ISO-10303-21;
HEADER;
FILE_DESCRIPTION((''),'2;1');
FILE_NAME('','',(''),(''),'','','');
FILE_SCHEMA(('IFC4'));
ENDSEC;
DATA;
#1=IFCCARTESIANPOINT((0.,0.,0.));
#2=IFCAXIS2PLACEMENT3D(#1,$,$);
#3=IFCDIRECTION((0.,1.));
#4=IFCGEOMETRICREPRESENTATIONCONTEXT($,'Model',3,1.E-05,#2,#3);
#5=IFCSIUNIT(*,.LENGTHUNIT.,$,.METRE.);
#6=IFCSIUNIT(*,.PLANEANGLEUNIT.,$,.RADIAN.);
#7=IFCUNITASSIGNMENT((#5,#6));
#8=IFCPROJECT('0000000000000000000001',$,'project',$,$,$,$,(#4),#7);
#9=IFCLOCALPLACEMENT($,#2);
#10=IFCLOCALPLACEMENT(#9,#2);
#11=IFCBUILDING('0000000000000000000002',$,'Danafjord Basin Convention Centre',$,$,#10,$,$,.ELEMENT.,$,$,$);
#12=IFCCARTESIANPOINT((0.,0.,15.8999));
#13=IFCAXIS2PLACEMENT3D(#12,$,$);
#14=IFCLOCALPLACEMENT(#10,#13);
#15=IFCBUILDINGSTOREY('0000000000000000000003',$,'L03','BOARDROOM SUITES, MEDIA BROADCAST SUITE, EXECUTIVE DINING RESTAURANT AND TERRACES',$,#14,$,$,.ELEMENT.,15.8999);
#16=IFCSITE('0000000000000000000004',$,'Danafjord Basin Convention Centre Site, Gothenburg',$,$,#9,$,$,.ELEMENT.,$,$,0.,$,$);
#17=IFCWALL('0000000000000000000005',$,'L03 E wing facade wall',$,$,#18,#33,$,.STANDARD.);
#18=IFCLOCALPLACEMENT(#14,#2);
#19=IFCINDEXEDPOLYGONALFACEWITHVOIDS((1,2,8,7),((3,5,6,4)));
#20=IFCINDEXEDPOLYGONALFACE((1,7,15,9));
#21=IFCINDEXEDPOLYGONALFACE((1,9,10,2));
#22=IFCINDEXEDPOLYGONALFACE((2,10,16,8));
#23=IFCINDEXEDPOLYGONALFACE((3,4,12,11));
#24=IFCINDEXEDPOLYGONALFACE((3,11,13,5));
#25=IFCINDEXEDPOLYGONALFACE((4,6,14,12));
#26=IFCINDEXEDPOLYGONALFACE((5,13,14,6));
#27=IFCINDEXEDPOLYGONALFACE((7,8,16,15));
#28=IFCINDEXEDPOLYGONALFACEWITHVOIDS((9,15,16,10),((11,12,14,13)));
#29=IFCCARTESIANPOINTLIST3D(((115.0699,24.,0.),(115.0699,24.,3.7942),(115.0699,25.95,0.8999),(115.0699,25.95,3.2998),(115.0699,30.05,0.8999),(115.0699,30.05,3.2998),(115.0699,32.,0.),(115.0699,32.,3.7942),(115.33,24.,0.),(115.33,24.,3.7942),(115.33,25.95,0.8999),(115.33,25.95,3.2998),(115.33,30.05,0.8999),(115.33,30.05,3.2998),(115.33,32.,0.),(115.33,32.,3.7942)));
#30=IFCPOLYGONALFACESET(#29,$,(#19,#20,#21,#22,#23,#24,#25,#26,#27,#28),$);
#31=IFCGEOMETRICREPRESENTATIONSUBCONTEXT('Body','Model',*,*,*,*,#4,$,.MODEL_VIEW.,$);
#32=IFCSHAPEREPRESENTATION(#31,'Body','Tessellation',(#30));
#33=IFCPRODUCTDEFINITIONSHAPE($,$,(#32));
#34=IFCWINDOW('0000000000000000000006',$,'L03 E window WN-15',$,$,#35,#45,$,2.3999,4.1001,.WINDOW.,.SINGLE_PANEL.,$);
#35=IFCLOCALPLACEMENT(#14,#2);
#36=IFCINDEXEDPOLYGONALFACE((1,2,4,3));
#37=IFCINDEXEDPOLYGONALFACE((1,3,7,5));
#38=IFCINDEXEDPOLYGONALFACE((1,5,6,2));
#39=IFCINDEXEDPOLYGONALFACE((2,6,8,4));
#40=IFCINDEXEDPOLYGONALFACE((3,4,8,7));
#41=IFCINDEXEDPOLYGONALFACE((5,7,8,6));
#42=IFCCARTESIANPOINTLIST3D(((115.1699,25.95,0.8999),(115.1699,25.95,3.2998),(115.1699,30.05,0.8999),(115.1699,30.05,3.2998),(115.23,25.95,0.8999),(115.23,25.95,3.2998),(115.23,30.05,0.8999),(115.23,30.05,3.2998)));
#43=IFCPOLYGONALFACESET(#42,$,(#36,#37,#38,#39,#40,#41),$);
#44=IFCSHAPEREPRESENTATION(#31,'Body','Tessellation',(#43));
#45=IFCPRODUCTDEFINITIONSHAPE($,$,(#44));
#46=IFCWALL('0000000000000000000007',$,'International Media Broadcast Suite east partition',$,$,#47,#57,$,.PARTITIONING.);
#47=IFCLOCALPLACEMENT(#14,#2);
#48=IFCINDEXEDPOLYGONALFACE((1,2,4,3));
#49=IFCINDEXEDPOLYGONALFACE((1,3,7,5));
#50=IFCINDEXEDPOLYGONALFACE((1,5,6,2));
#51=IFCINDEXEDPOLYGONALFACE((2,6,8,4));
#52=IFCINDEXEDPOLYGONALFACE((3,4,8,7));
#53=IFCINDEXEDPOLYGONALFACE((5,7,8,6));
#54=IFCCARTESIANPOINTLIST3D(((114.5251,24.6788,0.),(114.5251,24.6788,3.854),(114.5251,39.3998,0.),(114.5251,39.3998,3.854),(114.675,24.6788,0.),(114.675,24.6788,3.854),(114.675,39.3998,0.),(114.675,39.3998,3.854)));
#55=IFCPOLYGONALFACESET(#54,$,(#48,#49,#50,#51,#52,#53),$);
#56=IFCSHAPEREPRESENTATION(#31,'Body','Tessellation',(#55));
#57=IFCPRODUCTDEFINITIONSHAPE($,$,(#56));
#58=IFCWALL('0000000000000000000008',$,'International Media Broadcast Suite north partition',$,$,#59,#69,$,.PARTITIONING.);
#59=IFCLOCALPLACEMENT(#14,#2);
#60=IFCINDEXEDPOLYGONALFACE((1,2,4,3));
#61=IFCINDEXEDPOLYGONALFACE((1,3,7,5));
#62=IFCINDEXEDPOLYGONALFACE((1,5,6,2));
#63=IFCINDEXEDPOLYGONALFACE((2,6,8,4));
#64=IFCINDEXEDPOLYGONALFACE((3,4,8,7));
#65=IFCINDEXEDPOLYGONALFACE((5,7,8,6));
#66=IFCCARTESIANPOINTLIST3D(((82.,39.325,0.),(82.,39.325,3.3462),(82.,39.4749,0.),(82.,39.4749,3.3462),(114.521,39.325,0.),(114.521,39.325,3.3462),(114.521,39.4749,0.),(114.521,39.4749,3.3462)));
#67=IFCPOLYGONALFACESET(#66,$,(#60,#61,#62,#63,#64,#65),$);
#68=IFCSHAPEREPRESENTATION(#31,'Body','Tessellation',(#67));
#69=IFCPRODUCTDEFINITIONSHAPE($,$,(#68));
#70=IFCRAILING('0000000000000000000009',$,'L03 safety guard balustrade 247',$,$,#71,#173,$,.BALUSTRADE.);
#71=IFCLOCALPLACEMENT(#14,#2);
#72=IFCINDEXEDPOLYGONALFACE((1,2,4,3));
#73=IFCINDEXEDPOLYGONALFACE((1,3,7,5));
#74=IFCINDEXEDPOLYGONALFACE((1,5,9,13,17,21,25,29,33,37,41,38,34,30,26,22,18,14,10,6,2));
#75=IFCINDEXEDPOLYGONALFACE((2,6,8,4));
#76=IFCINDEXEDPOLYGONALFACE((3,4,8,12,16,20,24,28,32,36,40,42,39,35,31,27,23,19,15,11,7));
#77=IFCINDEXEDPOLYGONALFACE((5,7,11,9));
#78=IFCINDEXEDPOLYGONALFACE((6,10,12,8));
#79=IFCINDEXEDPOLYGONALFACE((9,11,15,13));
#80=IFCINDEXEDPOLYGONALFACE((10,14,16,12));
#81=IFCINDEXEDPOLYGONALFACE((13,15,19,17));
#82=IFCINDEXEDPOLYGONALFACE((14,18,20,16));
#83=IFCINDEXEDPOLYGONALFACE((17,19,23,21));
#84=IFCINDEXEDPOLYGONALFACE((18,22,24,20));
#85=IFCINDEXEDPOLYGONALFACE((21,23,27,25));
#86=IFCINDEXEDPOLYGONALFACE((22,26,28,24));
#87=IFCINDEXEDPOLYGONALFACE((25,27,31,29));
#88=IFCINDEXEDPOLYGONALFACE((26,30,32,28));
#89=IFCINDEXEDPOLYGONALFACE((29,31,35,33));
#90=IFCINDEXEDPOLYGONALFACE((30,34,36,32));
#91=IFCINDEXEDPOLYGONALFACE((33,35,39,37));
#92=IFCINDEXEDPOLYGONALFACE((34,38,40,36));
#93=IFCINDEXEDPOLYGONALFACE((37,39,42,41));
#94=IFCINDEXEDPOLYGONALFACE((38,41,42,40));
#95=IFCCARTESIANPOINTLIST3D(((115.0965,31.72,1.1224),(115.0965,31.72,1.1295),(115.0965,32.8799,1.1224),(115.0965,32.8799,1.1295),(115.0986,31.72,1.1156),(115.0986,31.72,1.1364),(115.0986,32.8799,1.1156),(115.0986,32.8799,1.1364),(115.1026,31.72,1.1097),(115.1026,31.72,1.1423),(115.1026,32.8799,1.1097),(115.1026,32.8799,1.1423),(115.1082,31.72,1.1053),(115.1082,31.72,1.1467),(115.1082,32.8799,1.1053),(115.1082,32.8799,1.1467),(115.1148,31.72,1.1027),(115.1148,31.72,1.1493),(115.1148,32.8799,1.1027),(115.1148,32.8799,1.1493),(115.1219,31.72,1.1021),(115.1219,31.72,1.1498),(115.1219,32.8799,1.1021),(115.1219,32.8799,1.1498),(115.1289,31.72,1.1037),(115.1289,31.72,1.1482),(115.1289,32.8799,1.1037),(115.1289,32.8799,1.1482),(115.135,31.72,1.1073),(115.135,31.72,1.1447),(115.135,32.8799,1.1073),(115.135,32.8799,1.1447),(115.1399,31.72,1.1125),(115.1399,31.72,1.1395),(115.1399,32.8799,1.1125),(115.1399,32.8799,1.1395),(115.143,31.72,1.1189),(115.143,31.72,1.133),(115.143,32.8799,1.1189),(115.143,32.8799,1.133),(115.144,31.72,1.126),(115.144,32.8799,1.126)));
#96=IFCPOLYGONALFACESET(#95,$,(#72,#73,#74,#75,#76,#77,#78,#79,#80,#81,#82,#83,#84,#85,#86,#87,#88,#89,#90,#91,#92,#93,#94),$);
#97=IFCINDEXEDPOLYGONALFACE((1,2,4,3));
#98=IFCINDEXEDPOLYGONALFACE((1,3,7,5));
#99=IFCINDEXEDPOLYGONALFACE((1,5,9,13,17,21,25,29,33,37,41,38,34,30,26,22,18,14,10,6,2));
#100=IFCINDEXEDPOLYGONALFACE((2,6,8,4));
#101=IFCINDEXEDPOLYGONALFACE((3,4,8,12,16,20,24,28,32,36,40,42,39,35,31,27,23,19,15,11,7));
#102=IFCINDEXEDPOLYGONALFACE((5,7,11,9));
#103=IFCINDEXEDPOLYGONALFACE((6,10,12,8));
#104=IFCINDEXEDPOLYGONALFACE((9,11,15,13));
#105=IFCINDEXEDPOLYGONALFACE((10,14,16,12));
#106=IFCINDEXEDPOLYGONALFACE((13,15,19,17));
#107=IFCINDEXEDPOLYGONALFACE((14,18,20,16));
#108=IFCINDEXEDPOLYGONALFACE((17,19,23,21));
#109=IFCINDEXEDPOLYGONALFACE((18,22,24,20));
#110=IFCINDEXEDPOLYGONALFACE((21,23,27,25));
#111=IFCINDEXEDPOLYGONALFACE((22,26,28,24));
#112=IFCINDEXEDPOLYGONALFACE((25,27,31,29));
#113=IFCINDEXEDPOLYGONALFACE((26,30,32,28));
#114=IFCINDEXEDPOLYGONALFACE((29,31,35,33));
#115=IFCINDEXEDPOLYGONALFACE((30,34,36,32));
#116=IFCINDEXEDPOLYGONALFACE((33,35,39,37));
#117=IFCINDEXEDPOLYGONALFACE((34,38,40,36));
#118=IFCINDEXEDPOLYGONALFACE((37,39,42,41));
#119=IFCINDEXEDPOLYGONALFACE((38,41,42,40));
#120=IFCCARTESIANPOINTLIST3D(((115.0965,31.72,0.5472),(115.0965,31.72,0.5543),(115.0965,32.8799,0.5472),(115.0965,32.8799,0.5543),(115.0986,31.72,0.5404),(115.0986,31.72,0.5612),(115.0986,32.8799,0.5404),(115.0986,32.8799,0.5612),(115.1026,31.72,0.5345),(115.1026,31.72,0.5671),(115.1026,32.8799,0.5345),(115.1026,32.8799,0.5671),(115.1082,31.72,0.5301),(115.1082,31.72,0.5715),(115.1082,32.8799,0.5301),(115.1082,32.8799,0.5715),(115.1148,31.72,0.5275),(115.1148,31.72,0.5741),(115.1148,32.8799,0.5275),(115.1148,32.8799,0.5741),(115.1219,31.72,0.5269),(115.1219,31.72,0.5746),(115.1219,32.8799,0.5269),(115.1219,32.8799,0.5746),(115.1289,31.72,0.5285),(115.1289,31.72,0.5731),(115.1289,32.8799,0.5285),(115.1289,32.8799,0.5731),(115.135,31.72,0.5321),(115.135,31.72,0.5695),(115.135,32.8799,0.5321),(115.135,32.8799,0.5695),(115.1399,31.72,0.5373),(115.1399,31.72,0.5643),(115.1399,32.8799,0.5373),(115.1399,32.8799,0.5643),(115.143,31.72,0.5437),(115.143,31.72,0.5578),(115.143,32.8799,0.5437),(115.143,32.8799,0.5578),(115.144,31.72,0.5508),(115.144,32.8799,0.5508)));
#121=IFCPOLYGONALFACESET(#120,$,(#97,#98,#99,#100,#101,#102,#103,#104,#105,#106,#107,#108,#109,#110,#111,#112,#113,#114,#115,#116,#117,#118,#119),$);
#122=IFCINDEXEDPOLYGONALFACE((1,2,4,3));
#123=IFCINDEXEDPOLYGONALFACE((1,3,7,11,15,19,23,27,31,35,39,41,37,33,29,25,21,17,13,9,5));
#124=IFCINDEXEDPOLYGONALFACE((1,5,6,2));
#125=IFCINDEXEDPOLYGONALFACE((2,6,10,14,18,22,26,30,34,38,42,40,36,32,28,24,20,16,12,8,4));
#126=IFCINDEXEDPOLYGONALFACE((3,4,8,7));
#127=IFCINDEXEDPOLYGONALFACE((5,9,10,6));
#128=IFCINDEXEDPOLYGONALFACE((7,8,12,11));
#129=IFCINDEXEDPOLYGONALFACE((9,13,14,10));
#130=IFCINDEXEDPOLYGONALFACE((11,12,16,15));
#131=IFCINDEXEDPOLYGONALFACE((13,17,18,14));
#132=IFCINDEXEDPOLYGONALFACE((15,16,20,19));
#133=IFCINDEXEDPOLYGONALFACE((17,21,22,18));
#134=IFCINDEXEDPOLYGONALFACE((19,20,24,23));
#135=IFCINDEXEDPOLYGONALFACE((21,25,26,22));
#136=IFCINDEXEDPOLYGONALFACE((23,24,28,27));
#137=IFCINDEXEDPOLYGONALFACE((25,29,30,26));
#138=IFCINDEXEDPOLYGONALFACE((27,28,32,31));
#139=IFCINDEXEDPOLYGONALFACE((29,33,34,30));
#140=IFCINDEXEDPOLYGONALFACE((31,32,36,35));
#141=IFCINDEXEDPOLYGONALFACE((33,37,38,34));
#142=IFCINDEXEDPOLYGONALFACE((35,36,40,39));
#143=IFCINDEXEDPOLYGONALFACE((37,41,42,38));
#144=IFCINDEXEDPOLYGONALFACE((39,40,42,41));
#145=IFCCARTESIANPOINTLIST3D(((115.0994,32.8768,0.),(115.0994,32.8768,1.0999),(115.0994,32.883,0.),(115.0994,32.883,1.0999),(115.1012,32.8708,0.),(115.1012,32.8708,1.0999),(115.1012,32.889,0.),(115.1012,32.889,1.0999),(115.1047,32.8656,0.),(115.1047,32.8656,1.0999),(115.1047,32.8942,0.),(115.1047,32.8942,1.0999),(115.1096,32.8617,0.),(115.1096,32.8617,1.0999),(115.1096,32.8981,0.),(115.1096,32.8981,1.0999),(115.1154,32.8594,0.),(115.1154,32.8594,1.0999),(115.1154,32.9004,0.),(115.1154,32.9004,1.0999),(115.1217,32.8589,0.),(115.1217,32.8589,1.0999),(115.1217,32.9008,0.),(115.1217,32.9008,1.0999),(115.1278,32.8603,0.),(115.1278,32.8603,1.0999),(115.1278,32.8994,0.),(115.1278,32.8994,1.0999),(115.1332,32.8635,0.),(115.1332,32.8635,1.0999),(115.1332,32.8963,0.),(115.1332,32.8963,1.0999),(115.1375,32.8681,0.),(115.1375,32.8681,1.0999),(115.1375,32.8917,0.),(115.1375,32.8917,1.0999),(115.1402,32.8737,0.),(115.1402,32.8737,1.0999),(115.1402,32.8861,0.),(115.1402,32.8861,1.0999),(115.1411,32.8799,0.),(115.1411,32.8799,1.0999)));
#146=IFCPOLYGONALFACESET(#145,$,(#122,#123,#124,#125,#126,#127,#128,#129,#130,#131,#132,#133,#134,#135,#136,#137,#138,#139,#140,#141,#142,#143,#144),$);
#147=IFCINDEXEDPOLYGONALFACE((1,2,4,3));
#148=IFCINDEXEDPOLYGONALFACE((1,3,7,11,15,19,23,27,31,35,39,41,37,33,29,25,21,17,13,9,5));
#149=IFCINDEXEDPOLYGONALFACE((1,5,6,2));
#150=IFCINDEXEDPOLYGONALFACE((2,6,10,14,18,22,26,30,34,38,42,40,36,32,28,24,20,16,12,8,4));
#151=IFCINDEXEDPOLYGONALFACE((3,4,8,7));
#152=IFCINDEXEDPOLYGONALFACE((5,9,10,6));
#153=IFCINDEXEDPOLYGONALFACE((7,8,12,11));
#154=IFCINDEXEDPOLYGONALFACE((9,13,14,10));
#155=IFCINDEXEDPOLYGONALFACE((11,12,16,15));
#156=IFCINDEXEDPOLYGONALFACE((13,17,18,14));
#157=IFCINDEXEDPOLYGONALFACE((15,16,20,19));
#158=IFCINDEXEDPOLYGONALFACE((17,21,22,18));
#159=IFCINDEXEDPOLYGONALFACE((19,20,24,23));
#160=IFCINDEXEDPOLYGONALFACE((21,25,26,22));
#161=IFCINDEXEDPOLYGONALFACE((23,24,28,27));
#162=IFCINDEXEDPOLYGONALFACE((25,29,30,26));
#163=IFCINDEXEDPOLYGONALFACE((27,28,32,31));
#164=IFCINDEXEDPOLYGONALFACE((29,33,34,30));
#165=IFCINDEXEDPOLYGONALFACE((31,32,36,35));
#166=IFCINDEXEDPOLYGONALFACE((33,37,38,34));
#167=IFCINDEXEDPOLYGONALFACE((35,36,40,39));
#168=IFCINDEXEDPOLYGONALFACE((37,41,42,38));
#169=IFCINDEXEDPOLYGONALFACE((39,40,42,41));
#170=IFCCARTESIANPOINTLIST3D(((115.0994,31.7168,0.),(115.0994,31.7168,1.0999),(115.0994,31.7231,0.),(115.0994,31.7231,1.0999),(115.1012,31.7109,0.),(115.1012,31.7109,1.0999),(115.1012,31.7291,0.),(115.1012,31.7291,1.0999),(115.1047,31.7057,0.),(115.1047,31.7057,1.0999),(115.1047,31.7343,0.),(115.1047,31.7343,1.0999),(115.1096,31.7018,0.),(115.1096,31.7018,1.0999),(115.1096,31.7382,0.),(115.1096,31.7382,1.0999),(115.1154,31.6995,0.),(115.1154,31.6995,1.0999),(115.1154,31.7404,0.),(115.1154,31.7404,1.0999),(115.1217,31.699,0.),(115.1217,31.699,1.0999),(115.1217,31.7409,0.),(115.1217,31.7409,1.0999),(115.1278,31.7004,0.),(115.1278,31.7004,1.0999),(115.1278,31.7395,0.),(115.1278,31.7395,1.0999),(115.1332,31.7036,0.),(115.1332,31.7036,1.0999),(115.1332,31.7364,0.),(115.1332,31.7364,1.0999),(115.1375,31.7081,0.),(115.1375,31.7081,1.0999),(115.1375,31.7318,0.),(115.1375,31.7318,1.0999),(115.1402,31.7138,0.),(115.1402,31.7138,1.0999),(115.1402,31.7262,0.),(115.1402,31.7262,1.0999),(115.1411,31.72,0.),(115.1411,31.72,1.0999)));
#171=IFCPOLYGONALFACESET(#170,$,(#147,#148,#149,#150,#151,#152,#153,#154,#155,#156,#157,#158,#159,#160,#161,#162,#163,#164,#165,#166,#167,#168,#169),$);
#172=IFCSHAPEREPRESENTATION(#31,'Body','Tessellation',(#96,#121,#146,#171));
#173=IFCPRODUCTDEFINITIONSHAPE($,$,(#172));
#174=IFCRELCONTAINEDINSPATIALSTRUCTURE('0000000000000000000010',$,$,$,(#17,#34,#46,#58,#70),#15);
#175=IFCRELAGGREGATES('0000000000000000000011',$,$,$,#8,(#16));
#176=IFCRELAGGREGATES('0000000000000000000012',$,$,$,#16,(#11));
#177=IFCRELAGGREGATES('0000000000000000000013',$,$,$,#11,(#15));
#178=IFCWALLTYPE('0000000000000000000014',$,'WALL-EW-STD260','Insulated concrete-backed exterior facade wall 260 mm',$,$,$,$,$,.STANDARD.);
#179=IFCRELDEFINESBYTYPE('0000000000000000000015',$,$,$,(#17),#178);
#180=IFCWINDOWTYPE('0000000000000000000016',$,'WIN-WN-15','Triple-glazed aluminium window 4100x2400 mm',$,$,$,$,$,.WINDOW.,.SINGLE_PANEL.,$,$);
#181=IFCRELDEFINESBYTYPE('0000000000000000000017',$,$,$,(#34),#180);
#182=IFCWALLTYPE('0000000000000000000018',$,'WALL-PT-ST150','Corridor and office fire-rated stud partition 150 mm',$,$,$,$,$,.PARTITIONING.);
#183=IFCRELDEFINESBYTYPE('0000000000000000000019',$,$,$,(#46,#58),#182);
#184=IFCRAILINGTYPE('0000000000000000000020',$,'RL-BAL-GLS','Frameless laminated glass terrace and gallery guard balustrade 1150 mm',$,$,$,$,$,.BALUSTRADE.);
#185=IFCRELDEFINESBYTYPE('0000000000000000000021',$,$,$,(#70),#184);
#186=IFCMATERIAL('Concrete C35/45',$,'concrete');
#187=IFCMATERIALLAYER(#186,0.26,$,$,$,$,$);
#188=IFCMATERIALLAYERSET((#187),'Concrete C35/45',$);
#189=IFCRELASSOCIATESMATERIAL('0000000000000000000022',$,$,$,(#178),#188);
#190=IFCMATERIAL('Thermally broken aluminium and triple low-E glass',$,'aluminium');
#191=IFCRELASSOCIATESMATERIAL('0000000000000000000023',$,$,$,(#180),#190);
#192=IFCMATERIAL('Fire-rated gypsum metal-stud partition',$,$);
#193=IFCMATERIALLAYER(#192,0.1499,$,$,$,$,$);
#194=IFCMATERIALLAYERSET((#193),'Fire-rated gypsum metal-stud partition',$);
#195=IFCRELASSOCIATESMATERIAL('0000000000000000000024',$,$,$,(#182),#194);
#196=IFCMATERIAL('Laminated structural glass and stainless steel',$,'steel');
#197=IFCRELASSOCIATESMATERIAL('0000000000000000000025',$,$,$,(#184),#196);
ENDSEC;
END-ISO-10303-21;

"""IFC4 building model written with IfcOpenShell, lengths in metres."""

from ifc_helpers import new_model, si_unit, direction, frame, frame_2d, origin, origin_2d, place, context, subcontext, project, spatial, rectangle, circle, extrude, material, layer, layer_set, type_object, element, fill, save


model = new_model("IFC4")

# Units and contexts
model_context = context("Model", 3, precision=1e-05, world=origin(), true_north=direction((0.0, 1.0)))
body_context = subcontext(model_context, "Body", "Model", "MODEL_VIEW")
ifc_project = project(units=[si_unit("LENGTHUNIT", "METRE"), si_unit("PLANEANGLEUNIT", "RADIAN")], contexts=[model_context])

# Site, building, storey
site_placement = place(None, origin())
site = spatial("IfcSite", under=ifc_project, at=site_placement, Name="Danafjord Basin Convention Centre Site, Gothenburg", CompositionType="ELEMENT", RefElevation=0.0)
building_placement = place(site_placement, origin())
building = spatial("IfcBuilding", under=site, at=building_placement, Name="Danafjord Basin Convention Centre", CompositionType="ELEMENT")
storey_placement = place(building_placement, frame((0.0, 0.0, 15.8999)))
storey = spatial("IfcBuildingStorey", under=building, at=storey_placement, Name="L03", Description="BOARDROOM SUITES, MEDIA BROADCAST SUITE, EXECUTIVE DINING RESTAURANT AND TERRACES", CompositionType="ELEMENT", Elevation=15.8999)

# Wall, opening, window
ifc_material_1 = material(Name="Concrete C35/45", Category="concrete")
ifc_layer_1 = layer(ifc_material_1, 0.26)
ifc_layer_set_1 = layer_set([ifc_layer_1], Name="Concrete C35/45")
wall_type_1 = type_object("IfcWallType", Name="WALL-EW-STD260", Description="Insulated concrete-backed exterior facade wall 260 mm", PredefinedType="STANDARD", material=ifc_layer_set_1)
wall_1_placement = place(storey_placement, frame((115.2, 24.0, 0.0), z_axis=(0.0, 0.0, 1.0), x_axis=(0.0, 1.0, 0.0)))
wall_1 = element("IfcWall", 1, at=wall_1_placement, inside=storey, type_object=wall_type_1, Name="L03 E wing facade wall", PredefinedType="STANDARD", context=body_context, shape_type="SweptSolid", body=[
    extrude(rectangle(XDim=8.0, YDim=0.26, at=frame_2d((4.0, 0.0))), origin(), (0.0, 0.0, 1.0), 3.7942),
])
opening_placement = place(wall_1_placement, frame((1.95, 0.0, 0.8999)))
opening = element("IfcOpeningElement", 2, at=opening_placement, cuts=wall_1, PredefinedType="OPENING", context=body_context, shape_type="SweptSolid", body=[
    extrude(rectangle(XDim=4.1001, YDim=2.3999, at=frame_2d((2.05, 1.2))), frame((0.0, 0.1399, 0.0), z_axis=(0.0, -1.0, 0.0), x_axis=(1.0, 0.0, 0.0)), (0.0, 0.0, 1.0), 0.28),
])
ifc_material_2 = material(Name="Thermally broken aluminium and triple low-E glass", Category="aluminium")
window_type = type_object("IfcWindowType", Name="WIN-WN-15", Description="Triple-glazed aluminium window 4100x2400 mm", PartitioningType="SINGLE_PANEL", PredefinedType="WINDOW", material=ifc_material_2)
window_placement = place(opening_placement, origin())
window = element("IfcWindow", 3, at=window_placement, inside=storey, type_object=window_type, Name="L03 E window WN-15", OverallHeight=2.3999, OverallWidth=4.1001, PartitioningType="SINGLE_PANEL", PredefinedType="WINDOW", context=body_context, shape_type="SweptSolid", body=[
    extrude(rectangle(XDim=4.1001, YDim=2.3999, at=frame_2d((2.05, 1.2))), frame((0.0, 0.03, 0.0), z_axis=(0.0, -1.0, 0.0), x_axis=(1.0, 0.0, 0.0)), (0.0, 0.0, 1.0), 0.0601),
])
fill(opening, window)

# Walls
ifc_material_3 = material(Name="Fire-rated gypsum metal-stud partition")
ifc_layer_2 = layer(ifc_material_3, 0.1499)
ifc_layer_set_2 = layer_set([ifc_layer_2], Name="Fire-rated gypsum metal-stud partition")
wall_type_2 = type_object("IfcWallType", Name="WALL-PT-ST150", Description="Corridor and office fire-rated stud partition 150 mm", PredefinedType="PARTITIONING", material=ifc_layer_set_2)
wall_2_placement = place(storey_placement, frame((114.6001, 24.679, 0.0), z_axis=(0.0, 0.0, 1.0), x_axis=(0.0, 1.0, 0.0)))
element("IfcWall", 4, at=wall_2_placement, inside=storey, type_object=wall_type_2, Name="International Media Broadcast Suite east partition", PredefinedType="PARTITIONING", context=body_context, shape_type="SweptSolid", body=[
    extrude(rectangle(XDim=14.7209, YDim=0.1499, at=frame_2d((7.3604, 0.0))), origin(), (0.0, 0.0, 1.0), 3.854),
])
wall_3_placement = place(storey_placement, frame((114.521, 39.3999, 0.0), z_axis=(0.0, 0.0, 1.0), x_axis=(-1.0, 0.0, 0.0)))
element("IfcWall", 5, at=wall_3_placement, inside=storey, type_object=wall_type_2, Name="International Media Broadcast Suite north partition", PredefinedType="PARTITIONING", context=body_context, shape_type="SweptSolid", body=[
    extrude(rectangle(XDim=32.521, YDim=0.1499, at=frame_2d((16.2605, 0.0))), origin(), (0.0, 0.0, 1.0), 3.3462),
])

# Railing
ifc_material_4 = material(Name="Laminated structural glass and stainless steel", Category="steel")
railing_type = type_object("IfcRailingType", Name="RL-BAL-GLS", Description="Frameless laminated glass terrace and gallery guard balustrade 1150 mm", PredefinedType="BALUSTRADE", material=ifc_material_4)
for number, where, name in (
    (6, (115.1201, 32.8799, 0.0), "L03 safety guard balustrade 247"),
):
    element("IfcRailing", number, at=place(storey_placement, frame(where)), inside=storey, type_object=railing_type, Name=name, PredefinedType="BALUSTRADE", context=body_context, shape_type="SweptSolid", body=[
        extrude(circle(Radius=0.0239, at=origin_2d()), frame((0.0, 0.0, 1.126), z_axis=(0.0, -1.0, 0.0), x_axis=(1.0, 0.0, 0.0)), (0.0, 0.0, 1.0), 1.1599),
        extrude(circle(Radius=0.0239, at=origin_2d()), frame((0.0, 0.0, 0.5508), z_axis=(0.0, -1.0, 0.0), x_axis=(1.0, 0.0, 0.0)), (0.0, 0.0, 1.0), 1.1599),
        extrude(circle(Radius=0.021, at=origin_2d()), origin(), (0.0, 0.0, 1.0), 1.0999),
        extrude(circle(Radius=0.021, at=origin_2d()), frame((0.0, -1.1599, 0.0)), (0.0, 0.0, 1.0), 1.0999),
    ])

save(model, "model.ifc")
